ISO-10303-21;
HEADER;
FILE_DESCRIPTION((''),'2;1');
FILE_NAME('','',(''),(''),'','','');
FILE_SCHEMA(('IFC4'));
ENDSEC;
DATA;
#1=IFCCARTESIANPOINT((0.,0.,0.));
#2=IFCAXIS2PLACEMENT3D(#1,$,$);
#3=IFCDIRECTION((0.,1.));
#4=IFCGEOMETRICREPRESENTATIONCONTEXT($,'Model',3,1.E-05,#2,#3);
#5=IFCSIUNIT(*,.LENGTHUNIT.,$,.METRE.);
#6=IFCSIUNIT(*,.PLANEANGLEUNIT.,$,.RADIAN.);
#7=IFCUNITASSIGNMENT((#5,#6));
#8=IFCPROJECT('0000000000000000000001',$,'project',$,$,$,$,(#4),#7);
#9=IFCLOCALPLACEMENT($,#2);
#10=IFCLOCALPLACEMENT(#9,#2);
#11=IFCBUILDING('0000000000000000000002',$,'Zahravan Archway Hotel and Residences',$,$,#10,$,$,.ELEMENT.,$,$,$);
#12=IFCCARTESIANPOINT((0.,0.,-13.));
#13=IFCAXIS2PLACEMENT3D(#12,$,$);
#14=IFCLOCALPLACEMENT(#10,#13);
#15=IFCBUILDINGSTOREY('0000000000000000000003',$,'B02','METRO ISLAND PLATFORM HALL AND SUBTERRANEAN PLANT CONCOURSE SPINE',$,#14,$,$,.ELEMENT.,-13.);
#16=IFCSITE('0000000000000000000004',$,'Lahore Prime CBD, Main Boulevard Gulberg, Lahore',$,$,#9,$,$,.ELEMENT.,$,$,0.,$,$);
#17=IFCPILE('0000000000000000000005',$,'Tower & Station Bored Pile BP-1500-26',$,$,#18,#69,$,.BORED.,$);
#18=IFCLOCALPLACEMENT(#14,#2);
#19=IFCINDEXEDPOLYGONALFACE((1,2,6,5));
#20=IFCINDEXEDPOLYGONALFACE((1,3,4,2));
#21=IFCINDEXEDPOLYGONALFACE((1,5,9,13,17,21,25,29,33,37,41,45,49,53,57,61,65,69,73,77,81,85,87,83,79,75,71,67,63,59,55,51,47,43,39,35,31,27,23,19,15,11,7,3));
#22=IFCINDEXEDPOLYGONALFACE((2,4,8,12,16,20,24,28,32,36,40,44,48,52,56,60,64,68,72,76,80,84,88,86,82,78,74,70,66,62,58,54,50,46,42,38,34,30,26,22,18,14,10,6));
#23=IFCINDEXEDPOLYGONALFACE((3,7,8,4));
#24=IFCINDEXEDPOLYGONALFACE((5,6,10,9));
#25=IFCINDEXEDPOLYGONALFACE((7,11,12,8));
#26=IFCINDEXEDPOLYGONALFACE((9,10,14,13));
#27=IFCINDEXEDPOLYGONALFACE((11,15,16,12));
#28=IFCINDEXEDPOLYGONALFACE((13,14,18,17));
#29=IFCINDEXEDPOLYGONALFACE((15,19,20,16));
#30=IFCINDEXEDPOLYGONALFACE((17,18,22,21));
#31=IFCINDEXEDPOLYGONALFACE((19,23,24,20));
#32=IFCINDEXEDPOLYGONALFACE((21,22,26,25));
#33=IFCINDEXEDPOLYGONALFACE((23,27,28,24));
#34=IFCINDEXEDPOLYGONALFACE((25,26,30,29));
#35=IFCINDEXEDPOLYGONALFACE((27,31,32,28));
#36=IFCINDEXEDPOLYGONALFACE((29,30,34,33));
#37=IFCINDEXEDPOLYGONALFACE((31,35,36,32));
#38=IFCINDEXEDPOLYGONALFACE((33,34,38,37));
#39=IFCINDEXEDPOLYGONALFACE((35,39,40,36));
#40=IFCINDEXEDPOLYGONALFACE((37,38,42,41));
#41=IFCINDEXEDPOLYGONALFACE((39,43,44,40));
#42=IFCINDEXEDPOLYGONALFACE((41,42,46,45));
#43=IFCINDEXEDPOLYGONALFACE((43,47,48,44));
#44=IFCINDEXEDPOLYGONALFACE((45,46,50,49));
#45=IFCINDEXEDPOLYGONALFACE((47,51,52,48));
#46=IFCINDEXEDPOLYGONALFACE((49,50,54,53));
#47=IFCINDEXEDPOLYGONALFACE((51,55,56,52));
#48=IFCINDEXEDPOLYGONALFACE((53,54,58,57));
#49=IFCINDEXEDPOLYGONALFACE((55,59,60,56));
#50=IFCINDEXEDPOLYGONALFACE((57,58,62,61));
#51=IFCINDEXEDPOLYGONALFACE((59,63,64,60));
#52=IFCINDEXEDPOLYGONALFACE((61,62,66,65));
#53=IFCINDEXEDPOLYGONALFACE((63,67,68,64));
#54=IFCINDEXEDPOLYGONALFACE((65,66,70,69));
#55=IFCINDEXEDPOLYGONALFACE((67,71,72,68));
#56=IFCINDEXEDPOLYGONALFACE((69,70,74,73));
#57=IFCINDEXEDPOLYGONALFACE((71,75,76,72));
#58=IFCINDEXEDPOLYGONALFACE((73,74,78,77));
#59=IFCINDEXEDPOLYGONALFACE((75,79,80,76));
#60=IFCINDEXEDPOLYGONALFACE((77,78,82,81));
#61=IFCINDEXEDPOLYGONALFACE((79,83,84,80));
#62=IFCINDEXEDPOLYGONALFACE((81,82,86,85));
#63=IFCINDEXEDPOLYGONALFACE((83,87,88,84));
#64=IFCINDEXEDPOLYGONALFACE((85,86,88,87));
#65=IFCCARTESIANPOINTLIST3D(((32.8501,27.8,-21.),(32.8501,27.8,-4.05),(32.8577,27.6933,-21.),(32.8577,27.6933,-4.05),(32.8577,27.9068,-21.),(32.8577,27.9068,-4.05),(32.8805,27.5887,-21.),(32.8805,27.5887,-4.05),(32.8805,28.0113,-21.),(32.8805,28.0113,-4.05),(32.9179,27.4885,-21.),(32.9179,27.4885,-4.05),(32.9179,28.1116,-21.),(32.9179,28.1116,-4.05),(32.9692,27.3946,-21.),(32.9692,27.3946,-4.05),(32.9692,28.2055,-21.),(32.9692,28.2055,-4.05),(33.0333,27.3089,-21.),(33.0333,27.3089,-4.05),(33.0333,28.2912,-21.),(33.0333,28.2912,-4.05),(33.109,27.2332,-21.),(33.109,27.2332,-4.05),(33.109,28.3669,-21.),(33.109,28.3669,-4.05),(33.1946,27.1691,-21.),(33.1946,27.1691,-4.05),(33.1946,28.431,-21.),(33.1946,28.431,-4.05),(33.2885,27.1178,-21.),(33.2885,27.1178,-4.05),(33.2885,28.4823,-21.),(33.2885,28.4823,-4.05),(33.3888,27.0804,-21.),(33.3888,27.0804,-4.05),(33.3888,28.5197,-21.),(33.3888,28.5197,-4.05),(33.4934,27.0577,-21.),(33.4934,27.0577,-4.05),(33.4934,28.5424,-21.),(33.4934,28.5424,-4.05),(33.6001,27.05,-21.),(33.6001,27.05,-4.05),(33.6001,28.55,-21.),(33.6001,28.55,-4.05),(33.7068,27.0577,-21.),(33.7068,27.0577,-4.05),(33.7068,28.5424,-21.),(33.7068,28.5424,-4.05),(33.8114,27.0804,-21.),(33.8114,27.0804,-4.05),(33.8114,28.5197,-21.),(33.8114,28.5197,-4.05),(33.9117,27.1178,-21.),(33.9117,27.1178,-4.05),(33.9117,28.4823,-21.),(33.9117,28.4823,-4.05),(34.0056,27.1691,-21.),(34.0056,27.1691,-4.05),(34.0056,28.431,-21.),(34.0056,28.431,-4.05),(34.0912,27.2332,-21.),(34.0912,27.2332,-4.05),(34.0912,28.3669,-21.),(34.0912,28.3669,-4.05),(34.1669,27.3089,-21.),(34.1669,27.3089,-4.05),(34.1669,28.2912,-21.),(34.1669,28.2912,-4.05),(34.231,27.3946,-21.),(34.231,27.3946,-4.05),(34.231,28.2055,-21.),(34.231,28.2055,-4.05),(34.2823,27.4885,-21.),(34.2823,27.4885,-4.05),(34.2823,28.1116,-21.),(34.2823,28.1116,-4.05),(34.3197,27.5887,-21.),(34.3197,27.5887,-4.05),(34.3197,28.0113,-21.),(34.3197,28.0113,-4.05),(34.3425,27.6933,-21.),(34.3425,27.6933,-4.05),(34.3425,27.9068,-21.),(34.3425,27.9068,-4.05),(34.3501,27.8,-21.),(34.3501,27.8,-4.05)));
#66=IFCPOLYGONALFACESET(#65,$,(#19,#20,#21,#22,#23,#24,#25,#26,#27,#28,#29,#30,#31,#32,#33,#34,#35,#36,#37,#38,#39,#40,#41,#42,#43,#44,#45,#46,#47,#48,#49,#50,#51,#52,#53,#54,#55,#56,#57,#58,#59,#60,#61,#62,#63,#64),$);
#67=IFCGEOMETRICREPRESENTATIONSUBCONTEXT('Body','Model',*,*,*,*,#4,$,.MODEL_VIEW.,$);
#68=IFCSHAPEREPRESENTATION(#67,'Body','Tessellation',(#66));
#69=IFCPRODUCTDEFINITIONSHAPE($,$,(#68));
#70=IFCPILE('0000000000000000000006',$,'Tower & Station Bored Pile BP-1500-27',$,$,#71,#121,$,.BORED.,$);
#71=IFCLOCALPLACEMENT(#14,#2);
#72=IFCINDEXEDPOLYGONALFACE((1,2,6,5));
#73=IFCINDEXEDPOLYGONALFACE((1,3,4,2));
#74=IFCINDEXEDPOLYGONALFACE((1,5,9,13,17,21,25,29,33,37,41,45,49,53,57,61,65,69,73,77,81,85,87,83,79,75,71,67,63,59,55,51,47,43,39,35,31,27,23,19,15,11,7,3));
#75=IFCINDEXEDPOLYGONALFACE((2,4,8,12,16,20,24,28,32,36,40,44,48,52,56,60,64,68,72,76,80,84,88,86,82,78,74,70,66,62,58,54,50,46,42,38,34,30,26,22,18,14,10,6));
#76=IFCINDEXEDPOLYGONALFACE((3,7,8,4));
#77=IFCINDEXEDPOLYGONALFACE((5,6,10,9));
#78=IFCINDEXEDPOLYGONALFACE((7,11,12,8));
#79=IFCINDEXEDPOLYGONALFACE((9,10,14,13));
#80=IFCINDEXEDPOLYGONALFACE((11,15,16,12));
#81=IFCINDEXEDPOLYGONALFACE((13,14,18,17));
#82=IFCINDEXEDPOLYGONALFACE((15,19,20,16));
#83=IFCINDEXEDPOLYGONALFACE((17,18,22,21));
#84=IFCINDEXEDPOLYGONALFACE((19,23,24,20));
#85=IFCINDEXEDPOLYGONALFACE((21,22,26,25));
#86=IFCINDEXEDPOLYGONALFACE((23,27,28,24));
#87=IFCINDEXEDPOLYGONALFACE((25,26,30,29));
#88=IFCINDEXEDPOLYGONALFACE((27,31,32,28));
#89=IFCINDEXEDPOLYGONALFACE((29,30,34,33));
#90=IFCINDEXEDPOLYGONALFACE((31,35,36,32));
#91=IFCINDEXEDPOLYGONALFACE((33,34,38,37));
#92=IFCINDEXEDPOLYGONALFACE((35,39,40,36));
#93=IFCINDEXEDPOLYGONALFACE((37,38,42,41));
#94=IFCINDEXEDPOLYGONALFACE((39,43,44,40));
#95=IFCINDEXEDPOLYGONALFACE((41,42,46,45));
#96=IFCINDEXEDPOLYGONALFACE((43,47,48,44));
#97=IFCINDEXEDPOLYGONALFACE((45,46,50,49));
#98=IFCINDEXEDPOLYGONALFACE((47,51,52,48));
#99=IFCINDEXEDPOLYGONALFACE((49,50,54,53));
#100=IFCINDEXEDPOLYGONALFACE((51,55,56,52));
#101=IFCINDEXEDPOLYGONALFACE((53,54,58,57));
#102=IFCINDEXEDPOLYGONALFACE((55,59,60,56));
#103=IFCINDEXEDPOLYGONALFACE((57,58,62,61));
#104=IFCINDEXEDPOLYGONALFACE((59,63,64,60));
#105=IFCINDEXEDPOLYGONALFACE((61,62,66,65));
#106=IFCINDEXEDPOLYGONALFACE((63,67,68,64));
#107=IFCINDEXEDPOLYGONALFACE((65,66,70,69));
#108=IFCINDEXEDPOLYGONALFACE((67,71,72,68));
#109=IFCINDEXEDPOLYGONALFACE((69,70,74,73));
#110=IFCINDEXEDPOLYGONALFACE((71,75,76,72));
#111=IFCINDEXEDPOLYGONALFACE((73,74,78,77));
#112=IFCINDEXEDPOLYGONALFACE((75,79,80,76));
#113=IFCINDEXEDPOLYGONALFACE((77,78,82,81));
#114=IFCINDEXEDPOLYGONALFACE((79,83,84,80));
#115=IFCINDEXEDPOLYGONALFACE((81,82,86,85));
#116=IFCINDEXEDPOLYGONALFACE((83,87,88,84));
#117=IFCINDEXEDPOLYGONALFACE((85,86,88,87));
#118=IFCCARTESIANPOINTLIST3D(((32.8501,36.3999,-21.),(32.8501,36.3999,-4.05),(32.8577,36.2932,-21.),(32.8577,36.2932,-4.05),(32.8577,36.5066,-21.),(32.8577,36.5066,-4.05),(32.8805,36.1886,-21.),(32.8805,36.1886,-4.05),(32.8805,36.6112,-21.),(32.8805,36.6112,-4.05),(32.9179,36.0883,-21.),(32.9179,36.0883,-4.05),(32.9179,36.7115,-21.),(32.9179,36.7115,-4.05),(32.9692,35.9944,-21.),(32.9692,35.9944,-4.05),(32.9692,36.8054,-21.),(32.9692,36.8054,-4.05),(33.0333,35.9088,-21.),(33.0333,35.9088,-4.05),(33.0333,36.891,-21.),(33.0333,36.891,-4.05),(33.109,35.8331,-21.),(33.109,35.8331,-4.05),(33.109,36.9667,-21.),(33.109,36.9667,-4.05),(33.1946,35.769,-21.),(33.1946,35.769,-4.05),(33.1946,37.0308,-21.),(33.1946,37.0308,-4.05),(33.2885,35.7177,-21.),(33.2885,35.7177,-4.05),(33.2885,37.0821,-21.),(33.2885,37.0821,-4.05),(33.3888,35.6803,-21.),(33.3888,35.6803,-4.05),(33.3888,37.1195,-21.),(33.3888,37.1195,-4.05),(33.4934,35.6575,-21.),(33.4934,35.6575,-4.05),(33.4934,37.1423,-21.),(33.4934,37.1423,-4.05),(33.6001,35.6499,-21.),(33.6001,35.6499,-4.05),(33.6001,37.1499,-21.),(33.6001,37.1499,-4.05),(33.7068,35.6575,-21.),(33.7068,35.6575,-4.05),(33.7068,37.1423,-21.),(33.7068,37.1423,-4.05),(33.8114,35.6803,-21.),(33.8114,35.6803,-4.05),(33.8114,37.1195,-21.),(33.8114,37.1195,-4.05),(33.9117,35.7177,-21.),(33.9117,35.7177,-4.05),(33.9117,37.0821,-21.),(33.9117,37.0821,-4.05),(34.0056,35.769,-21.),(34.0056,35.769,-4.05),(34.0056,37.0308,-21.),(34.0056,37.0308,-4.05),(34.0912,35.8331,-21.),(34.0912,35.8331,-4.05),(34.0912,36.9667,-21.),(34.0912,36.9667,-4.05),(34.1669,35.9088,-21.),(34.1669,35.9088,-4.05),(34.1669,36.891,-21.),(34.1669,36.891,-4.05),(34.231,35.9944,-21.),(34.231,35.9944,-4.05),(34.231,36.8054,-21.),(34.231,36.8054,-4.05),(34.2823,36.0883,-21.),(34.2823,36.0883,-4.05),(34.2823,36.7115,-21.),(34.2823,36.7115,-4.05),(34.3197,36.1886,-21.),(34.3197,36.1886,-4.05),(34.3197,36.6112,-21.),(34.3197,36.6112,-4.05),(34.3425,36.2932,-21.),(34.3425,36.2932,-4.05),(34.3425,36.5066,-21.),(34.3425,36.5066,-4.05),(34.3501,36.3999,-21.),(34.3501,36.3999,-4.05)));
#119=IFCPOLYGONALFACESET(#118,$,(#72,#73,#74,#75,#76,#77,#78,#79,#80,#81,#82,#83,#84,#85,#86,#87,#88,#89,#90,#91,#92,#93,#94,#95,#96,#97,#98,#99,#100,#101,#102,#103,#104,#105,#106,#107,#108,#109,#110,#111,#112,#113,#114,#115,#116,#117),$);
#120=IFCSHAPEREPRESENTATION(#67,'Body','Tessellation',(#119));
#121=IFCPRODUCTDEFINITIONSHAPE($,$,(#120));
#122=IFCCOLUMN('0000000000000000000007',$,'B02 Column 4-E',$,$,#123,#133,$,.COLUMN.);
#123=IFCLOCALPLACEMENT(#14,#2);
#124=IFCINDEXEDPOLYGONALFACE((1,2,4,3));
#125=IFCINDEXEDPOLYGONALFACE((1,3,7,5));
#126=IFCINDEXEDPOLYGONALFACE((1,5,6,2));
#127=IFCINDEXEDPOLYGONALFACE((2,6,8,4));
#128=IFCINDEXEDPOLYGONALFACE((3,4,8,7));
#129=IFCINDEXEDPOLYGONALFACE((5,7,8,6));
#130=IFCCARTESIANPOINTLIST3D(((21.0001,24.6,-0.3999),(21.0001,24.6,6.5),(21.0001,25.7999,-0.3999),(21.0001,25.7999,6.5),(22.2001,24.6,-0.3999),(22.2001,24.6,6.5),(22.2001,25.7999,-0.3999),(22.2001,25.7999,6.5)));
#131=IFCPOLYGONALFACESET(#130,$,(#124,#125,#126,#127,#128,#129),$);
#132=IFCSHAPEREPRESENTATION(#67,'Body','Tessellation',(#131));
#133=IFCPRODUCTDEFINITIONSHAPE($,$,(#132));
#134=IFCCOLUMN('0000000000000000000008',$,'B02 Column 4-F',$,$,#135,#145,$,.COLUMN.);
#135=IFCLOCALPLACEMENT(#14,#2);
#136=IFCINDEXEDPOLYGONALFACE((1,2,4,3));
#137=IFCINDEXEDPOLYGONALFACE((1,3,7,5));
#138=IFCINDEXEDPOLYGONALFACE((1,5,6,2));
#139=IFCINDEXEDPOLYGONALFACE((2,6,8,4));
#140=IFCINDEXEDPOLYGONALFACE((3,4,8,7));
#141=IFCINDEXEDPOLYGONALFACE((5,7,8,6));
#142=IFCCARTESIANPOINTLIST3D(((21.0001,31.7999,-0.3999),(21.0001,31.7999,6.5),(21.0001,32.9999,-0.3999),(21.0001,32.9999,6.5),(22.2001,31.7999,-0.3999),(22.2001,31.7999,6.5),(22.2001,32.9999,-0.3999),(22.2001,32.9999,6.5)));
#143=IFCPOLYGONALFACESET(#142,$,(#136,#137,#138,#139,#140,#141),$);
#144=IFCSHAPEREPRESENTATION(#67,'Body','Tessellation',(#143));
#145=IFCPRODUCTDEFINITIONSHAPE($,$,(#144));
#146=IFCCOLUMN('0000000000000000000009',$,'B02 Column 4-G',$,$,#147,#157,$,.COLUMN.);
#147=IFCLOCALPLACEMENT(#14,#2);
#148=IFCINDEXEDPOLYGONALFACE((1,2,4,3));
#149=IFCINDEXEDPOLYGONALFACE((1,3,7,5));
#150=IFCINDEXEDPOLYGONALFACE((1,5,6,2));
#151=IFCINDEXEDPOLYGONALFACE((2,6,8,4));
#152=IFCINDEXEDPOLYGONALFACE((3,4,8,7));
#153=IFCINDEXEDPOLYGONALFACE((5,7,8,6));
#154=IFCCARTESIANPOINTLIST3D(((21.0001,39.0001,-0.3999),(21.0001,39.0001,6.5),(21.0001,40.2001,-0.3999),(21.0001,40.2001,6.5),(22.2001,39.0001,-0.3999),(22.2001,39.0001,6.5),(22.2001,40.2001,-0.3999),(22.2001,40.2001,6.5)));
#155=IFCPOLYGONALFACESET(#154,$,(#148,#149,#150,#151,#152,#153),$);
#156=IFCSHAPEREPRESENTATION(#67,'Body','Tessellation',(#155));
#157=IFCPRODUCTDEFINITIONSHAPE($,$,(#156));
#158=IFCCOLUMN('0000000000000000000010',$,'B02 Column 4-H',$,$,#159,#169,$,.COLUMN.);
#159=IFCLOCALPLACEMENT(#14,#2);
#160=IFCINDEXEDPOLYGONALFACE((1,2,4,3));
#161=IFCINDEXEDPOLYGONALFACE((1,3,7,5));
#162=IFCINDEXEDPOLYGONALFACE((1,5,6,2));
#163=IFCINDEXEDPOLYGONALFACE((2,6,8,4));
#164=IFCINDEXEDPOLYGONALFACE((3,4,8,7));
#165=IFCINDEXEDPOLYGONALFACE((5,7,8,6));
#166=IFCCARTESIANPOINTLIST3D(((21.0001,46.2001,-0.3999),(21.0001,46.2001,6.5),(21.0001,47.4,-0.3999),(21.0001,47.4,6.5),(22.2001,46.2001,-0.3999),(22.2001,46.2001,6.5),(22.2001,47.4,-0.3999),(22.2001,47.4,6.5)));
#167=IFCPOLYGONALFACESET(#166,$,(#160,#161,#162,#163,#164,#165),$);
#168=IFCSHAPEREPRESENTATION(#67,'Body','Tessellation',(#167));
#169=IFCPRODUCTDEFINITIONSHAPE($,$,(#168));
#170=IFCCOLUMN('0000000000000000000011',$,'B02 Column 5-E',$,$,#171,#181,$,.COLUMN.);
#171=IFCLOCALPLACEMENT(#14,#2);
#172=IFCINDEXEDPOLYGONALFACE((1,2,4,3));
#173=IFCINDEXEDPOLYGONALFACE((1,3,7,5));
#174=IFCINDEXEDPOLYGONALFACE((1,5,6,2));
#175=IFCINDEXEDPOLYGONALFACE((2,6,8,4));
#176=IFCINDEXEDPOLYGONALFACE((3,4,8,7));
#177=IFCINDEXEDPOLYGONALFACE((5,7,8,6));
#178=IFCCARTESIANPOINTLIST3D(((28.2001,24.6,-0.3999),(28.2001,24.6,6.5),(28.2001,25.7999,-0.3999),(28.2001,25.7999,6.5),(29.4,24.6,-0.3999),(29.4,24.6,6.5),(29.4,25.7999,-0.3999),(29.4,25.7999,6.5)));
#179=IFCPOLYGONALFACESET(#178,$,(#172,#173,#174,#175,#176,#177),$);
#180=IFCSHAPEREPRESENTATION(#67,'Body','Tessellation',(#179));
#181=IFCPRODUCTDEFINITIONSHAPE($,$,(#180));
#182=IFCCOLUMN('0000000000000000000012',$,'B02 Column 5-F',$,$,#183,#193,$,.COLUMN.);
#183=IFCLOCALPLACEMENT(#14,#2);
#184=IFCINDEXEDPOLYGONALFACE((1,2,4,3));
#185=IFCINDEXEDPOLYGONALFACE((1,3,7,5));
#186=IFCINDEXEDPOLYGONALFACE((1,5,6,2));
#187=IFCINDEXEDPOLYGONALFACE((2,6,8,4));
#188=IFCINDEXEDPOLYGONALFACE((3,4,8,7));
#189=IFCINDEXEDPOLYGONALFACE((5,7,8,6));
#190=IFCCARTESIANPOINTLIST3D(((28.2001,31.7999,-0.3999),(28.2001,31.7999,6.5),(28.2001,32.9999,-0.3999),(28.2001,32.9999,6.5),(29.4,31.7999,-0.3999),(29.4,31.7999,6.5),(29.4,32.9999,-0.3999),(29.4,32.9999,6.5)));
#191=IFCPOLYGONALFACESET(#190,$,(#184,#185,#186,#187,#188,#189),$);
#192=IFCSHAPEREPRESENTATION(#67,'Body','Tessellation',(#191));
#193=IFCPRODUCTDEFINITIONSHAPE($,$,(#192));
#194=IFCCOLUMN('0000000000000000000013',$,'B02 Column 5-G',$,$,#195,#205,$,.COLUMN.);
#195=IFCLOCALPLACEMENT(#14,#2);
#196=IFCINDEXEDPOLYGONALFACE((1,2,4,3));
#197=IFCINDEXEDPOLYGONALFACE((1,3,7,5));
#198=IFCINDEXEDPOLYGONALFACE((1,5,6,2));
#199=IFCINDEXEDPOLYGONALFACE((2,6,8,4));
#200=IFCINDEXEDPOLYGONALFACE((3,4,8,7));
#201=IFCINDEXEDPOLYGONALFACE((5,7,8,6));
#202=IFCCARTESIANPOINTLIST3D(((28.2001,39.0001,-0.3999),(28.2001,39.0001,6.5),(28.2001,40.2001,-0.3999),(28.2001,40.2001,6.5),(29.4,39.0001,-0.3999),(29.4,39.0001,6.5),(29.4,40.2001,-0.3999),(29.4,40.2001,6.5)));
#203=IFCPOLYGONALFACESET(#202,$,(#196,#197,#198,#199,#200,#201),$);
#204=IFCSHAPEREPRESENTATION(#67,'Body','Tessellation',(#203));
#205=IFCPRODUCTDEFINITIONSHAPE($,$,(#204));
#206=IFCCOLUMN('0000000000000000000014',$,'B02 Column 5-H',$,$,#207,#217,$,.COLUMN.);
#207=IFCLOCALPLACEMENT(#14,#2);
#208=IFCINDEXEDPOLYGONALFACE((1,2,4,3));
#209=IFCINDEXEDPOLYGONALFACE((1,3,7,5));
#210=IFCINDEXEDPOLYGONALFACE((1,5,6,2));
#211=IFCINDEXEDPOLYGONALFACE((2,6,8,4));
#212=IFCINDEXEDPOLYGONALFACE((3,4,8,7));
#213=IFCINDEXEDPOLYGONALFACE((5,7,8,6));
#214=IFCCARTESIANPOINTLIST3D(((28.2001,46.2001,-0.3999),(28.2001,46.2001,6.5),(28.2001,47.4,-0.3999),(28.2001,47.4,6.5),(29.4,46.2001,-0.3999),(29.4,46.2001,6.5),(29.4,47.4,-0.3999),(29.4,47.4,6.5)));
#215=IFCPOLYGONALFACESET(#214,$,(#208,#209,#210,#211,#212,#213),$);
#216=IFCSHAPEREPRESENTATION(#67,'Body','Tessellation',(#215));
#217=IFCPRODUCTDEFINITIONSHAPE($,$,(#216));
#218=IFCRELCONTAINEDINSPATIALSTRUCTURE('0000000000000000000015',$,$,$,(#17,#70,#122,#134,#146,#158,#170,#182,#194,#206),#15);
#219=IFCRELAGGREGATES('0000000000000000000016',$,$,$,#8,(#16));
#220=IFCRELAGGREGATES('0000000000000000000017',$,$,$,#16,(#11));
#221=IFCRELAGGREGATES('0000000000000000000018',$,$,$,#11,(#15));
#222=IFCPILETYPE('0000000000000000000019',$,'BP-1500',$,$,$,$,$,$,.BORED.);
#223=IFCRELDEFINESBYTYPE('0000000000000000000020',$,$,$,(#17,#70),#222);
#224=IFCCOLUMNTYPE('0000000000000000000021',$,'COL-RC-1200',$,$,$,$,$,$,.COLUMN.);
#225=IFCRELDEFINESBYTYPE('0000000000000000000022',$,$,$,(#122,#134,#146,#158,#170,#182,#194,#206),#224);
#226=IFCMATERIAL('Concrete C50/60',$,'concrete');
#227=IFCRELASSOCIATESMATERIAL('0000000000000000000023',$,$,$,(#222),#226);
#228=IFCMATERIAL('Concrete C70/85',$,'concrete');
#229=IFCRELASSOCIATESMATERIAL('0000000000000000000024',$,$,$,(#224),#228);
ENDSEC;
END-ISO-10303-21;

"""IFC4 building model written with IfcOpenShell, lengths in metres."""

from ifc_helpers import new_model, si_unit, direction, frame, origin, origin_2d, place, context, subcontext, project, spatial, rectangle, circle, extrude, source, transform, mapped, material, material_profile, profile_set, type_object, type_shapes, element, save


model = new_model("IFC4")

# Units and contexts
model_context = context("Model", 3, precision=1e-05, world=origin(), true_north=direction((0.0, 1.0)))
body_context = subcontext(model_context, "Body", "Model", "MODEL_VIEW")
ifc_project = project(units=[si_unit("LENGTHUNIT", "METRE"), si_unit("PLANEANGLEUNIT", "RADIAN")], contexts=[model_context])

# Site, building, storey
site_placement = place(None, origin())
site = spatial("IfcSite", under=ifc_project, at=site_placement, Name="Lahore Prime CBD, Main Boulevard Gulberg, Lahore", CompositionType="ELEMENT", RefElevation=0.0)
building_placement = place(site_placement, origin())
building = spatial("IfcBuilding", under=site, at=building_placement, Name="Zahravan Archway Hotel and Residences", CompositionType="ELEMENT")
storey_placement = place(building_placement, frame((0.0, 0.0, -13.0)))
storey = spatial("IfcBuildingStorey", under=building, at=storey_placement, Name="B02", Description="METRO ISLAND PLATFORM HALL AND SUBTERRANEAN PLANT CONCOURSE SPINE", CompositionType="ELEMENT", Elevation=-13.0)

# Piles
ifc_material_1 = material(Name="Concrete C50/60", Category="concrete")
ifc_material_profile_1 = material_profile(ifc_material_1, circle(Radius=0.75, at=origin_2d()), Name="PILE D1500", Category="concrete")
ifc_profile_set_1 = profile_set([ifc_material_profile_1], Name="Concrete C50/60")
pile_type = type_object("IfcPileType", Name="BP-1500", PredefinedType="BORED", material=ifc_profile_set_1)
shared_shape_1 = source(origin(), body_context, "Body", "SweptSolid", [
    extrude(circle(Radius=0.75, at=origin_2d()), origin(), (0.0, 0.0, 1.0), 16.95),
])
type_shapes(pile_type, [shared_shape_1])
for number, where, z_axis, x_axis, name in (
    (1, (33.6001, 27.8, -4.05), (0.0, 0.0, -1.0), (1.0, 0.0, 0.0), "Tower & Station Bored Pile BP-1500-26"),
    (2, (33.6001, 36.3999, -4.05), (0.0, 0.0, -1.0), (1.0, 0.0, 0.0), "Tower & Station Bored Pile BP-1500-27"),
):
    element("IfcPile", number, at=place(storey_placement, frame(where, z_axis=z_axis, x_axis=x_axis)), inside=storey, type_object=pile_type, Name=name, PredefinedType="BORED", context=body_context, shape_type="MappedRepresentation", body=[
        mapped(shared_shape_1, transform((0.0, 0.0, 0.0), scale=1.0)),
    ])

# Columns
ifc_material_2 = material(Name="Concrete C70/85", Category="concrete")
ifc_material_profile_2 = material_profile(ifc_material_2, rectangle(XDim=1.2, YDim=1.2, at=origin_2d()), Name="RC-COL-1200x1200", Category="concrete")
ifc_profile_set_2 = profile_set([ifc_material_profile_2], Name="Concrete C70/85")
column_type_1 = type_object("IfcColumnType", Name="COL-RC-1200", PredefinedType="COLUMN", material=ifc_profile_set_2)
shared_shape_2 = source(origin(), body_context, "Body", "SweptSolid", [
    extrude(rectangle(XDim=1.2, YDim=1.2, at=origin_2d()), origin(), (0.0, 0.0, 1.0), 6.8999),
])
type_shapes(column_type_1, [shared_shape_2])
for number, where, z_axis, x_axis, name in (
    (3, (21.6001, 25.2, -0.3999), (0.0, 0.0, 1.0), (1.0, 0.0, 0.0), "B02 Column 4-E"),
    (4, (21.6001, 32.3999, -0.3999), (0.0, 0.0, 1.0), (1.0, 0.0, 0.0), "B02 Column 4-F"),
    (5, (21.6001, 39.6001, -0.3999), (0.0, 0.0, 1.0), (1.0, 0.0, 0.0), "B02 Column 4-G"),
    (6, (21.6001, 46.8, -0.3999), (0.0, 0.0, 1.0), (1.0, 0.0, 0.0), "B02 Column 4-H"),
    (7, (28.8, 25.2, -0.3999), (0.0, 0.0, 1.0), (1.0, 0.0, 0.0), "B02 Column 5-E"),
    (8, (28.8, 32.3999, -0.3999), (0.0, 0.0, 1.0), (1.0, 0.0, 0.0), "B02 Column 5-F"),
    (9, (28.8, 39.6001, -0.3999), (0.0, 0.0, 1.0), (1.0, 0.0, 0.0), "B02 Column 5-G"),
    (10, (28.8, 46.8, -0.3999), (0.0, 0.0, 1.0), (1.0, 0.0, 0.0), "B02 Column 5-H"),
):
    element("IfcColumn", number, at=place(storey_placement, frame(where, z_axis=z_axis, x_axis=x_axis)), inside=storey, type_object=column_type_1, Name=name, PredefinedType="COLUMN", context=body_context, shape_type="MappedRepresentation", body=[
        mapped(shared_shape_2, transform((0.0, 0.0, 0.0), scale=1.0)),
    ])

save(model, "model.ifc")
